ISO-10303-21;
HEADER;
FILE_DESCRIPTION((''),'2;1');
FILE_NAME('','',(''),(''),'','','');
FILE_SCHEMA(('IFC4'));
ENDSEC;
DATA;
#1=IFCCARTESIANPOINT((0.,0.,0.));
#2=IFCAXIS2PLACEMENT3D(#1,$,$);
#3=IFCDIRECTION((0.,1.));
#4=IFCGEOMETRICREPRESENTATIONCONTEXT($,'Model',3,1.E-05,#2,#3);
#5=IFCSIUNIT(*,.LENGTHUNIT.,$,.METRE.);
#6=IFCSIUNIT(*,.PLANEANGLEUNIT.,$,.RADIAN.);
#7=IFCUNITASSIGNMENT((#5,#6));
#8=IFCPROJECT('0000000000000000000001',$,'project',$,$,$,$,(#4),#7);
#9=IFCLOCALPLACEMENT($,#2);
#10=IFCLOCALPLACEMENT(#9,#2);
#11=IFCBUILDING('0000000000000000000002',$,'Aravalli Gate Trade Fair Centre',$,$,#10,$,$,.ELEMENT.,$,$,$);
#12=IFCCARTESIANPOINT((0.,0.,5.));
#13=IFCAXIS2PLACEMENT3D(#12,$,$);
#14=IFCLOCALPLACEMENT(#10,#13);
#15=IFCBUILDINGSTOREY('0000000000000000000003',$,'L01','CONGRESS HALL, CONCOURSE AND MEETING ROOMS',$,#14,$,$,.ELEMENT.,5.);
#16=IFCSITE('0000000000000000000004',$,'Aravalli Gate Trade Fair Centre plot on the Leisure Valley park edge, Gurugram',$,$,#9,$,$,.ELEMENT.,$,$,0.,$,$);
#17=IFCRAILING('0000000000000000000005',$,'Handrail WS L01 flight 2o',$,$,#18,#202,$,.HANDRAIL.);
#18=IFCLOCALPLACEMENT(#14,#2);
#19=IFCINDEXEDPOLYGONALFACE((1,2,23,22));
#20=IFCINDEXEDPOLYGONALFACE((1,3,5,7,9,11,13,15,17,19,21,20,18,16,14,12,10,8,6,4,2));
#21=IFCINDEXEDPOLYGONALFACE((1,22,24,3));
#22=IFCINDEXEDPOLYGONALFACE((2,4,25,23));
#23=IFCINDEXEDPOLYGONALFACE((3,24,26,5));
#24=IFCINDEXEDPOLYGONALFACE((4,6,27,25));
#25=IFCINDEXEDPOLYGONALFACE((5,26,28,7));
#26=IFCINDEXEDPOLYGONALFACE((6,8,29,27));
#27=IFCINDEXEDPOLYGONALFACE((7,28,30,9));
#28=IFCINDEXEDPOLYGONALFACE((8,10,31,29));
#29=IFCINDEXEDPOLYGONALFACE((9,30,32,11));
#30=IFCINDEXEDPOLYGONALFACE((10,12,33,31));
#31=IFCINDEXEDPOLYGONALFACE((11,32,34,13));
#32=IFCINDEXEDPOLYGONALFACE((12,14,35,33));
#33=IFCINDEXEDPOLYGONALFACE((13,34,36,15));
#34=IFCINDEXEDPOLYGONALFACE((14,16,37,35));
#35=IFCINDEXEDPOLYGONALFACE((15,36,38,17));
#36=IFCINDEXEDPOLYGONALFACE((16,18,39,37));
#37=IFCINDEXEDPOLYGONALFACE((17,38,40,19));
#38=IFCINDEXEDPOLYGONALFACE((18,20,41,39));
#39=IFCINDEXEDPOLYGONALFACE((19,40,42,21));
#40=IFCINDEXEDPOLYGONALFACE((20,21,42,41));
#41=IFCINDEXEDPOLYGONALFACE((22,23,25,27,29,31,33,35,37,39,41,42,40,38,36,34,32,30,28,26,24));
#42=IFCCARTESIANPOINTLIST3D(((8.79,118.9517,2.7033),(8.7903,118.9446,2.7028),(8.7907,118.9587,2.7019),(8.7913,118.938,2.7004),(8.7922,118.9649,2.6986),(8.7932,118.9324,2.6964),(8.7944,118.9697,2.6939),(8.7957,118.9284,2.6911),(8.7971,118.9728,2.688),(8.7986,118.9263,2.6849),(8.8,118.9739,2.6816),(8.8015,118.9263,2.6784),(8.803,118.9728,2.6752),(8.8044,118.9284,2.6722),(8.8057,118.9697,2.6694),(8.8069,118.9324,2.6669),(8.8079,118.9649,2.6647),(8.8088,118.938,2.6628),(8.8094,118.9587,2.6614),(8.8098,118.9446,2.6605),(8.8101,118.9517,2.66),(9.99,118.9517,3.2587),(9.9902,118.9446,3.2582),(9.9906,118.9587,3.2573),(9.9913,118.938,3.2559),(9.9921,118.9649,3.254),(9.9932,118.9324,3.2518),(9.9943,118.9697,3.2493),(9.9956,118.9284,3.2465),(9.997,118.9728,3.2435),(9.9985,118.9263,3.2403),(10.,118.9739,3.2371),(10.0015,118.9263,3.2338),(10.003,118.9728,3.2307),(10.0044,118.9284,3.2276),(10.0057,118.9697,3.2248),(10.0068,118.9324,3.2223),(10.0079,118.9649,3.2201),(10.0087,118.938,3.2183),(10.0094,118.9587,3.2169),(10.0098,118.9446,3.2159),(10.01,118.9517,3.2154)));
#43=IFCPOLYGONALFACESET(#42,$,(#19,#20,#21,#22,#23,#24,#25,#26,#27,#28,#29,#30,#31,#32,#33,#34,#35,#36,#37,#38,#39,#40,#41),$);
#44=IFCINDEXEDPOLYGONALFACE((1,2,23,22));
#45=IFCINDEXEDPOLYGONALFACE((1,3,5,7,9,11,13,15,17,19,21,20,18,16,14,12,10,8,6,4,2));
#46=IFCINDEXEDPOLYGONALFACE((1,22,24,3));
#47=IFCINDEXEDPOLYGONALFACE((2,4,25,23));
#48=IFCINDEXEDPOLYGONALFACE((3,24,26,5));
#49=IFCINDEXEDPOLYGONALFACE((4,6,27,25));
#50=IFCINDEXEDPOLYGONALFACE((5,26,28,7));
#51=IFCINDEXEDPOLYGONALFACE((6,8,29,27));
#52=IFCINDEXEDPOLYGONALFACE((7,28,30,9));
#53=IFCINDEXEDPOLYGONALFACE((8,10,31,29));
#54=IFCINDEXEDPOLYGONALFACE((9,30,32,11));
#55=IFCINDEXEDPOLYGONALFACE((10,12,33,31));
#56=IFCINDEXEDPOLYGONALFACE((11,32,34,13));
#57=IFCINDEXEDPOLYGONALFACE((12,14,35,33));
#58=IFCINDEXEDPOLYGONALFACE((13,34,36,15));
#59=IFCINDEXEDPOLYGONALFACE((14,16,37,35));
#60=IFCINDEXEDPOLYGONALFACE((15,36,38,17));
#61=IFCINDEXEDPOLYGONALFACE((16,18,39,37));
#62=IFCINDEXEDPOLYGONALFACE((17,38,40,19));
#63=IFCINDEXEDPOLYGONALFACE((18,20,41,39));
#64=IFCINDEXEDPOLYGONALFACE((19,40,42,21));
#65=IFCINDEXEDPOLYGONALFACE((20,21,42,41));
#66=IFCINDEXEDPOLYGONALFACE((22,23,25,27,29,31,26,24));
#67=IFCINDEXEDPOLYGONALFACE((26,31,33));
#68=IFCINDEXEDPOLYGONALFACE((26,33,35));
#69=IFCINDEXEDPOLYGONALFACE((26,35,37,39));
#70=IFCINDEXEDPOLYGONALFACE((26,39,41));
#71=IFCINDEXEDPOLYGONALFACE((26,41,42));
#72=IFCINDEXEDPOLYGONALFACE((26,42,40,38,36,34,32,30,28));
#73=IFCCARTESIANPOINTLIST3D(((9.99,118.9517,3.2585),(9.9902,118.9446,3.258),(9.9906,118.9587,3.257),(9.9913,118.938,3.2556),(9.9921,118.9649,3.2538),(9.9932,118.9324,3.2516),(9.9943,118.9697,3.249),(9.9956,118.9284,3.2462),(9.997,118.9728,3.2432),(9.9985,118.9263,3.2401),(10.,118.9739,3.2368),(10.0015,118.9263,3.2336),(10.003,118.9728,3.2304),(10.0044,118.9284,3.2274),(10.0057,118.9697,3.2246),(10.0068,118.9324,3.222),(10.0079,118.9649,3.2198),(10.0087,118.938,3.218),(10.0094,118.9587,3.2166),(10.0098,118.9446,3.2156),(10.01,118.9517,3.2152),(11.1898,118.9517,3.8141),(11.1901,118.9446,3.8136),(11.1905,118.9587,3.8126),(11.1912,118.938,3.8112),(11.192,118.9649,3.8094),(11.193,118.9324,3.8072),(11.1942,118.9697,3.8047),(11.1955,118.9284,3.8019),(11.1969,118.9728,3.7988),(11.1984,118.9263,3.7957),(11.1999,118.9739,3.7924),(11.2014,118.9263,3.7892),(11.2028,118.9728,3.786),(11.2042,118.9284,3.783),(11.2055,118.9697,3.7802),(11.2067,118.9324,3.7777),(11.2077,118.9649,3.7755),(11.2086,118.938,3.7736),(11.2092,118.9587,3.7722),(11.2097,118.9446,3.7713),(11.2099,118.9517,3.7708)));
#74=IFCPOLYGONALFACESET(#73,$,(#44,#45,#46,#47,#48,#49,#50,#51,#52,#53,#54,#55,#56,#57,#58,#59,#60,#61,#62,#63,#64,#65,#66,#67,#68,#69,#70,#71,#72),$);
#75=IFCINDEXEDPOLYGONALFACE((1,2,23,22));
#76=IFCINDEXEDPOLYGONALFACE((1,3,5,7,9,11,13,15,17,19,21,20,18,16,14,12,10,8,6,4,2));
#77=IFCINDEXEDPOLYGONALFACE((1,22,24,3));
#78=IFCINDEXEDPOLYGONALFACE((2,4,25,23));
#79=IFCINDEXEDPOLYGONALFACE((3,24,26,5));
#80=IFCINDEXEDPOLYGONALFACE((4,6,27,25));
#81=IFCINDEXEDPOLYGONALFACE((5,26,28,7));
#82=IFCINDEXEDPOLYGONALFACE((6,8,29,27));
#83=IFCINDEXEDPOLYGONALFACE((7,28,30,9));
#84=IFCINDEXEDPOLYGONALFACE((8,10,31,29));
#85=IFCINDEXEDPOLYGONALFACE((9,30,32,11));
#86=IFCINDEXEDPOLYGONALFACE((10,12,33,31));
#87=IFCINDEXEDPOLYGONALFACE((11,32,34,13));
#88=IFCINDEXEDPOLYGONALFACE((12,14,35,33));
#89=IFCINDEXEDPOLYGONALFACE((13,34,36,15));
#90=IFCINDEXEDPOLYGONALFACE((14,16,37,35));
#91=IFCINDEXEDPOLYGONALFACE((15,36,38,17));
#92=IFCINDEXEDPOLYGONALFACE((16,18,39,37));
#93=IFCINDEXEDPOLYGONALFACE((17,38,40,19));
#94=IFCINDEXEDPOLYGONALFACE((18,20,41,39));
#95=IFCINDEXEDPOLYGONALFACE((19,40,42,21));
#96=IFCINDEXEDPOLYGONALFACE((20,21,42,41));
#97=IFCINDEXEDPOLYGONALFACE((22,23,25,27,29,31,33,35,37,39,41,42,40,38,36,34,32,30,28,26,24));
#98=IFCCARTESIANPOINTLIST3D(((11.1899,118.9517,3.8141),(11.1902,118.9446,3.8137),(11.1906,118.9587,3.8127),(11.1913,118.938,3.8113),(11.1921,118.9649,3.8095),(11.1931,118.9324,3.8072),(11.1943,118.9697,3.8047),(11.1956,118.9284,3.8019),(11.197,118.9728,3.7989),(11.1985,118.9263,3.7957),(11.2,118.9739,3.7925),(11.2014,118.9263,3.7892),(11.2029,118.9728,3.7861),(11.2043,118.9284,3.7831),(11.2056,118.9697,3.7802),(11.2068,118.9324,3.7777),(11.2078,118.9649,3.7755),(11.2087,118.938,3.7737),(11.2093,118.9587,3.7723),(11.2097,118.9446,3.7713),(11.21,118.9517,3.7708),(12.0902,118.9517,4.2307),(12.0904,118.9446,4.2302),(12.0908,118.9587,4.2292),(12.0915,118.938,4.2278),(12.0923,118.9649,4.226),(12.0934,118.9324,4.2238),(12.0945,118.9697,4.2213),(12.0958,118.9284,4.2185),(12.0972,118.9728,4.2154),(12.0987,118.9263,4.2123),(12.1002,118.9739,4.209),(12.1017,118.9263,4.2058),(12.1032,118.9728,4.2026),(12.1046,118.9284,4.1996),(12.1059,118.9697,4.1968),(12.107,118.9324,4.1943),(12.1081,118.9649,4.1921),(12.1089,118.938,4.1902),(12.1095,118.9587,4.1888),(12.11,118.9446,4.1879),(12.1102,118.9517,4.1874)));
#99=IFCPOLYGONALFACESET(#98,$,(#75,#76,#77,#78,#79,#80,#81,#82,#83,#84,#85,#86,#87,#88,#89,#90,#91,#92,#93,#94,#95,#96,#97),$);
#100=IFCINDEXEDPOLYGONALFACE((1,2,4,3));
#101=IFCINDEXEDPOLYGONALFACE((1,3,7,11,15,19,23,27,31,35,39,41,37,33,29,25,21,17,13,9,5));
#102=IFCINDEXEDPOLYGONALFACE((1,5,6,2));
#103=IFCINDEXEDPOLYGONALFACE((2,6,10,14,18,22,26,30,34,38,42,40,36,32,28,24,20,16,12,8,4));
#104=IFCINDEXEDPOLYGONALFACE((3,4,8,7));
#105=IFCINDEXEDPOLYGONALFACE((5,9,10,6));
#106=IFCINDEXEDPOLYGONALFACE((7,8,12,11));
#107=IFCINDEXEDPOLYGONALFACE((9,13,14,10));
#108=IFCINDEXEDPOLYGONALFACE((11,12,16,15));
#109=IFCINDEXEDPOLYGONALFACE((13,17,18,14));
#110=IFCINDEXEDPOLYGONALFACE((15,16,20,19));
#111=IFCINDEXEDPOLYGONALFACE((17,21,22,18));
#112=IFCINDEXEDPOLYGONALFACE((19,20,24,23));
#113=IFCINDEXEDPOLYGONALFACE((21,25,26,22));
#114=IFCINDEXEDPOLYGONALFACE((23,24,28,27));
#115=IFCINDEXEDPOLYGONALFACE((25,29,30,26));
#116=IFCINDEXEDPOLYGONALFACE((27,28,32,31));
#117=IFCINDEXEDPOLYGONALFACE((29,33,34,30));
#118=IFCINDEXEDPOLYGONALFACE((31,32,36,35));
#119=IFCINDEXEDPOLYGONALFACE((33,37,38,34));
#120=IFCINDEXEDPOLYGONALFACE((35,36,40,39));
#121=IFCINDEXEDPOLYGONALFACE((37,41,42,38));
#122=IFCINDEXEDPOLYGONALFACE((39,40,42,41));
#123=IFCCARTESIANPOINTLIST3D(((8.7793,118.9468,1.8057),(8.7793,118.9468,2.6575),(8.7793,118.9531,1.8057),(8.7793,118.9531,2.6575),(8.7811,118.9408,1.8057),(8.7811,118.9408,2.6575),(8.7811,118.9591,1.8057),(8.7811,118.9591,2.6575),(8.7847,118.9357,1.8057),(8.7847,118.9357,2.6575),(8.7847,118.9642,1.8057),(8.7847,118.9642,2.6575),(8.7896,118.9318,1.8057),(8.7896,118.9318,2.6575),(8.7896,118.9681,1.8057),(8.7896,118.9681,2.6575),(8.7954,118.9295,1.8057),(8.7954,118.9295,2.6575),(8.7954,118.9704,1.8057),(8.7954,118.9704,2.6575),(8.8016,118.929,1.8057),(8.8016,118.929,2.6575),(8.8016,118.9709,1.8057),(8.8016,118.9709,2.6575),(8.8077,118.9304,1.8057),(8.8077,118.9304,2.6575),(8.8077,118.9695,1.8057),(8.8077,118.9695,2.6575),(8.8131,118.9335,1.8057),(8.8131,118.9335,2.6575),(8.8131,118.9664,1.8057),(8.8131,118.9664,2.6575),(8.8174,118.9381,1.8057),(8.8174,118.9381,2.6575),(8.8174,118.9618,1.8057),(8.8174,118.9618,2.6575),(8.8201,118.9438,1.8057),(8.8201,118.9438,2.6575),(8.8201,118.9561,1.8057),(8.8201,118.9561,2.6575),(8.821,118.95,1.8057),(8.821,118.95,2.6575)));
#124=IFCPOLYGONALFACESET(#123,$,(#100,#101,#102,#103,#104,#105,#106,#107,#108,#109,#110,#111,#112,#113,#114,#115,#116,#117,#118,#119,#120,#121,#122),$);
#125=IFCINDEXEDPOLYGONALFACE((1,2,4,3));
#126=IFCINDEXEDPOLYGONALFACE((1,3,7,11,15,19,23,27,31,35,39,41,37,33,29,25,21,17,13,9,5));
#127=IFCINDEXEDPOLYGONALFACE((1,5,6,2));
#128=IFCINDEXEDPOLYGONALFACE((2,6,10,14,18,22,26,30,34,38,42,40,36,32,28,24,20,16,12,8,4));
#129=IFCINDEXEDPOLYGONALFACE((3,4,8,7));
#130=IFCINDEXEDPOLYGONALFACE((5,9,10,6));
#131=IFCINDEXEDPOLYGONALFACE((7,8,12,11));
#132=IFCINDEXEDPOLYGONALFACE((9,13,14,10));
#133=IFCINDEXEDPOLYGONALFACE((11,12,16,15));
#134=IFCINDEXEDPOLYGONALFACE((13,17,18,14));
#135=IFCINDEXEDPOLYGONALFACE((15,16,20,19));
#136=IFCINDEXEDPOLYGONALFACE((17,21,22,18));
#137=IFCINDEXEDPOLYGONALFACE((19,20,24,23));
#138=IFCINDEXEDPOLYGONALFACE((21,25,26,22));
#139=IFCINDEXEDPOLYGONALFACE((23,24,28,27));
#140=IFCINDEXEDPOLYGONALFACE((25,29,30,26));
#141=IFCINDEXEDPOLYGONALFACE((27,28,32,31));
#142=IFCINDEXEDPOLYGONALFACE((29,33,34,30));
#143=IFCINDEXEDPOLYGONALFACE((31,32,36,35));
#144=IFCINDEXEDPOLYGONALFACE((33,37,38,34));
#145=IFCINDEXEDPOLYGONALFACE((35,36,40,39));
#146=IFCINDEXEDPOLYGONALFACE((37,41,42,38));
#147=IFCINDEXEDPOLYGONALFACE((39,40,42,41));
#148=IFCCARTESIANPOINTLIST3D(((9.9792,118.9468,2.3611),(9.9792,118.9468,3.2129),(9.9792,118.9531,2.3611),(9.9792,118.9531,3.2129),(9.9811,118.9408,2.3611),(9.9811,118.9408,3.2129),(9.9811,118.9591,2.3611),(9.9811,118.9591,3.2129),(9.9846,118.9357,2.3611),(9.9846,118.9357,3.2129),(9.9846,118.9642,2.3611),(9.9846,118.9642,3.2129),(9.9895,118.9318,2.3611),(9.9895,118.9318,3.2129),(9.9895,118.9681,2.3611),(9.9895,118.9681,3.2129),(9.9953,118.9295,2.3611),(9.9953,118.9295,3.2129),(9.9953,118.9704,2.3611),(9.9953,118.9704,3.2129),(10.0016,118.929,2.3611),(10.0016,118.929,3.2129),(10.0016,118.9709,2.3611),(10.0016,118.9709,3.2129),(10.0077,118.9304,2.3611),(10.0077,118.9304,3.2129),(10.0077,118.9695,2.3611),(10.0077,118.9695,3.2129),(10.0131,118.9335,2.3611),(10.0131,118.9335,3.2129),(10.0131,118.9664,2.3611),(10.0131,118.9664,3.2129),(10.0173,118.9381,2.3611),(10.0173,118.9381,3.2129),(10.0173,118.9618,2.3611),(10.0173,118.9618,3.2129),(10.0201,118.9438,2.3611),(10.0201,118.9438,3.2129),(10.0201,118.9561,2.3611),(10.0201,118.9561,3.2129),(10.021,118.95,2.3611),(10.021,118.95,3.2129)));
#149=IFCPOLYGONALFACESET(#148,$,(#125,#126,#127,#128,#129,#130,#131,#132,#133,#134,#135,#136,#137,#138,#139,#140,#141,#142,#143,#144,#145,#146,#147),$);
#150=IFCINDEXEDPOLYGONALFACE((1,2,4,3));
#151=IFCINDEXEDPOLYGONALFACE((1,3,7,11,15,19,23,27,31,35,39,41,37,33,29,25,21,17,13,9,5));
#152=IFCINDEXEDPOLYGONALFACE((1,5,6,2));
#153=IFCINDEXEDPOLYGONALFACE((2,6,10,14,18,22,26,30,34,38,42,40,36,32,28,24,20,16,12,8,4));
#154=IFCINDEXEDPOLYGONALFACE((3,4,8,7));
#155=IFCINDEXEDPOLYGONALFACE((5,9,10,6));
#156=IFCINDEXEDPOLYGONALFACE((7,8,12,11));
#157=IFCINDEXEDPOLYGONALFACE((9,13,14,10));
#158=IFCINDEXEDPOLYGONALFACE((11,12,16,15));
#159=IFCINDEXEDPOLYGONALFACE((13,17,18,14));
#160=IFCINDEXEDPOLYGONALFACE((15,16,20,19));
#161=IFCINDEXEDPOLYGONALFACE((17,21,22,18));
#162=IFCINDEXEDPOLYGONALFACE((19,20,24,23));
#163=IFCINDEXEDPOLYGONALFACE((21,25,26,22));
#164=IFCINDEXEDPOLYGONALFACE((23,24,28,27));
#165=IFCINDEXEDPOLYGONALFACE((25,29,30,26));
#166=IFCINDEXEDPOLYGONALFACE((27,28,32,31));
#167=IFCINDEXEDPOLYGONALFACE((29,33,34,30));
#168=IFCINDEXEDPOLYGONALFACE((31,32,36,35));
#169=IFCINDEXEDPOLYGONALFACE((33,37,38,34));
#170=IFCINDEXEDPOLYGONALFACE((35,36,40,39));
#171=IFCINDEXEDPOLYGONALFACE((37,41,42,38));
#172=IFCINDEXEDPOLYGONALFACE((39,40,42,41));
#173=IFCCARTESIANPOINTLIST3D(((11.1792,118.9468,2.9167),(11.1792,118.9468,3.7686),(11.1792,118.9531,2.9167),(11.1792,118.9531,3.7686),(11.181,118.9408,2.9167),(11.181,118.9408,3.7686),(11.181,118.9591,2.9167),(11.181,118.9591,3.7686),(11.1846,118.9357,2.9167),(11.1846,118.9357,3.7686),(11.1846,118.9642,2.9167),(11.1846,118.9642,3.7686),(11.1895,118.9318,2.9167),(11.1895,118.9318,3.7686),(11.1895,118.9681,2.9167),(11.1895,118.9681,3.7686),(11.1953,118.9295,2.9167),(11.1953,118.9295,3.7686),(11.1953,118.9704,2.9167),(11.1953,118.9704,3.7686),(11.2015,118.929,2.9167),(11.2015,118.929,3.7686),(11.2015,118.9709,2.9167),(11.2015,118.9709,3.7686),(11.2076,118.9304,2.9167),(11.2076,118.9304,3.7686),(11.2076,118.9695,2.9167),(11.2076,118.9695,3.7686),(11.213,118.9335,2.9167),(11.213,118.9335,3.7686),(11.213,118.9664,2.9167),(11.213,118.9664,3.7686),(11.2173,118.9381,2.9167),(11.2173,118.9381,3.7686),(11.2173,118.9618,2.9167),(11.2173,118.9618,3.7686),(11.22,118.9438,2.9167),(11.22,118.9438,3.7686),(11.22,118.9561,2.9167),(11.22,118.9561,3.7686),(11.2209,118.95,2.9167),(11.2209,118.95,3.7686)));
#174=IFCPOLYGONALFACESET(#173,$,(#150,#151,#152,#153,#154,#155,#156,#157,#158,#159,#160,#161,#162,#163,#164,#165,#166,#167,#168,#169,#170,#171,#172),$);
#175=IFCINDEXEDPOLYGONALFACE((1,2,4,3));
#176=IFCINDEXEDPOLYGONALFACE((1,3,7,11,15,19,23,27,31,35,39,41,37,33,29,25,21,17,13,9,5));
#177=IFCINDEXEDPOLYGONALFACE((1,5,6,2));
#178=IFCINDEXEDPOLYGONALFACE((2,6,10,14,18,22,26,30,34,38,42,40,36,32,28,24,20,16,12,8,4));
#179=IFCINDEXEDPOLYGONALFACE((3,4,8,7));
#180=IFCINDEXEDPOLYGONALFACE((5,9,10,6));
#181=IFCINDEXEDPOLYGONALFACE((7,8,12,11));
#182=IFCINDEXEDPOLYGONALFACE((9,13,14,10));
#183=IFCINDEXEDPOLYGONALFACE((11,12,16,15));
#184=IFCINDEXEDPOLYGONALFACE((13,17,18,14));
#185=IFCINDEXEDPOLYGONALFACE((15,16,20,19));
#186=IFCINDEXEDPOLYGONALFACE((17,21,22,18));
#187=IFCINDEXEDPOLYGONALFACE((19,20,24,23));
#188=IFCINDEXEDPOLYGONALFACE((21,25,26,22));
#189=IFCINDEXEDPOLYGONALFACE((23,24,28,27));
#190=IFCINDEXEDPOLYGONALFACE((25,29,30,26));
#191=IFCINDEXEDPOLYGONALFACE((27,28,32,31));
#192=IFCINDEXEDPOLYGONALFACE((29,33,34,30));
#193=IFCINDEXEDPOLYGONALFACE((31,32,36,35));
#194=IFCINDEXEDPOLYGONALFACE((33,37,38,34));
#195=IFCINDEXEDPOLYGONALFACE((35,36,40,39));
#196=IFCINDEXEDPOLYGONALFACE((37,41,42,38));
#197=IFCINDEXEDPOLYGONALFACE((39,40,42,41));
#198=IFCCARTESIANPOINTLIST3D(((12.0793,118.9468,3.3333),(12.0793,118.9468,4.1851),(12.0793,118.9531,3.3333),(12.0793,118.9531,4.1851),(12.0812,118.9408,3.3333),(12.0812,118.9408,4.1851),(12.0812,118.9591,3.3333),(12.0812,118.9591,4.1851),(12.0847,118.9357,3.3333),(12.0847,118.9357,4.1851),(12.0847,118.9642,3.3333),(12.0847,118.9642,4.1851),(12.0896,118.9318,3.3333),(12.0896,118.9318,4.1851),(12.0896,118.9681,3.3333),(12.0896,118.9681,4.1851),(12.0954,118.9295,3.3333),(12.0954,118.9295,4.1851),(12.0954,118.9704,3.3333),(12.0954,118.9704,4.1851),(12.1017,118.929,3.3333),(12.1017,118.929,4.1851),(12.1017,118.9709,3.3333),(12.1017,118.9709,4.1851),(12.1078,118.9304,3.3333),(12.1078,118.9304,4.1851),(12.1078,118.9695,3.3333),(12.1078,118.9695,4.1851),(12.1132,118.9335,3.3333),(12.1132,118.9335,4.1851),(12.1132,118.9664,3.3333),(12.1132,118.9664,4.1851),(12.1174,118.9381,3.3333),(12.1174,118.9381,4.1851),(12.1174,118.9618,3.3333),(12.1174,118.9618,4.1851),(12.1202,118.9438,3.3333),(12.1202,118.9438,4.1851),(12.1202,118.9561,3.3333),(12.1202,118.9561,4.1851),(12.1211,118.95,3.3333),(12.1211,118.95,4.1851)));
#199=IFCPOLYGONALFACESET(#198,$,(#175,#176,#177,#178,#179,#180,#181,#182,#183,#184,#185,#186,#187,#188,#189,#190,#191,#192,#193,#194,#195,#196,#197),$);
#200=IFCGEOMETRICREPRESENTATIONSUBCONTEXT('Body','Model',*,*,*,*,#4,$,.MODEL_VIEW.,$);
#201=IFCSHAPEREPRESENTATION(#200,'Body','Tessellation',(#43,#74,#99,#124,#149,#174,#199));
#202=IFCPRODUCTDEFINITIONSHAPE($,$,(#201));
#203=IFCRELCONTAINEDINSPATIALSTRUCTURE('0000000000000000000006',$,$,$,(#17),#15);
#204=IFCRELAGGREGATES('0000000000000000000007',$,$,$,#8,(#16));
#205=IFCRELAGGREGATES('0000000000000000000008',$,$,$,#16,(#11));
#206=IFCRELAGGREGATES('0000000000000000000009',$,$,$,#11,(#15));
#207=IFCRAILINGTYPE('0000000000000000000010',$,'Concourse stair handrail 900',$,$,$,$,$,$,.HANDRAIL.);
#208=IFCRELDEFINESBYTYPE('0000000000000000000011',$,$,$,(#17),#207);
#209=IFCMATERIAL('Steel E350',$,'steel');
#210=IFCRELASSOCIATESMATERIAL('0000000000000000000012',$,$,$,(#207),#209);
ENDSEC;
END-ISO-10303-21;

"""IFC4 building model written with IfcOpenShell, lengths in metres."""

from ifc_helpers import new_model, si_unit, direction, frame, origin, origin_2d, place, context, subcontext, project, spatial, circle, extrude, material, type_object, element, save


model = new_model("IFC4")

# Units and contexts
model_context = context("Model", 3, precision=1e-05, world=origin(), true_north=direction((0.0, 1.0)))
body_context = subcontext(model_context, "Body", "Model", "MODEL_VIEW")
ifc_project = project(units=[si_unit("LENGTHUNIT", "METRE"), si_unit("PLANEANGLEUNIT", "RADIAN")], contexts=[model_context])

# Site, building, storey
site_placement = place(None, origin())
site = spatial("IfcSite", under=ifc_project, at=site_placement, Name="Aravalli Gate Trade Fair Centre plot on the Leisure Valley park edge, Gurugram", CompositionType="ELEMENT", RefElevation=0.0)
building_placement = place(site_placement, origin())
building = spatial("IfcBuilding", under=site, at=building_placement, Name="Aravalli Gate Trade Fair Centre", CompositionType="ELEMENT")
storey_placement = place(building_placement, frame((0.0, 0.0, 5.0)))
storey = spatial("IfcBuildingStorey", under=building, at=storey_placement, Name="L01", Description="CONGRESS HALL, CONCOURSE AND MEETING ROOMS", CompositionType="ELEMENT", Elevation=5.0)

# Shared definitions
ifc_material_1 = material(Name="Steel E350", Category="steel")

# Railing
railing_type = type_object("IfcRailingType", Name="Concourse stair handrail 900", PredefinedType="HANDRAIL", material=ifc_material_1)
for number, where, name in (
    (1, (8.8, 118.95, 1.8057), "Handrail WS L01 flight 2o"),
):
    element("IfcRailing", number, at=place(storey_placement, frame(where)), inside=storey, type_object=railing_type, Name=name, PredefinedType="HANDRAIL", context=body_context, shape_type="SweptSolid", body=[
        extrude(circle(Radius=0.0239, at=origin_2d()), frame((0.0, 0.0, 0.876), z_axis=(0.907499, 0.0, 0.420053), x_axis=(0.0, 1.0, 0.0)), (0.0, 0.0, 1.0), 1.3223),
        extrude(circle(Radius=0.0239, at=origin_2d()), frame((1.2, 0.0, 1.4312), z_axis=(0.907429, 0.0, 0.420205), x_axis=(0.0, 1.0, 0.0)), (0.0, 0.0, 1.0), 1.3223),
        extrude(circle(Radius=0.0239, at=origin_2d()), frame((2.3999, 0.0, 1.9868), z_axis=(0.907556, 0.0, 0.419932), x_axis=(0.0, 1.0, 0.0)), (0.0, 0.0, 1.0), 0.9919),
        extrude(circle(Radius=0.021, at=origin_2d()), origin(), (0.0, 0.0, 1.0), 0.8518),
        extrude(circle(Radius=0.021, at=origin_2d()), frame((1.2, 0.0, 0.5554)), (0.0, 0.0, 1.0), 0.8518),
        extrude(circle(Radius=0.021, at=origin_2d()), frame((2.3999, 0.0, 1.1111)), (0.0, 0.0, 1.0), 0.8518),
        extrude(circle(Radius=0.021, at=origin_2d()), frame((3.3, 0.0, 1.5276)), (0.0, 0.0, 1.0), 0.8518),
    ])

save(model, "model.ifc")
